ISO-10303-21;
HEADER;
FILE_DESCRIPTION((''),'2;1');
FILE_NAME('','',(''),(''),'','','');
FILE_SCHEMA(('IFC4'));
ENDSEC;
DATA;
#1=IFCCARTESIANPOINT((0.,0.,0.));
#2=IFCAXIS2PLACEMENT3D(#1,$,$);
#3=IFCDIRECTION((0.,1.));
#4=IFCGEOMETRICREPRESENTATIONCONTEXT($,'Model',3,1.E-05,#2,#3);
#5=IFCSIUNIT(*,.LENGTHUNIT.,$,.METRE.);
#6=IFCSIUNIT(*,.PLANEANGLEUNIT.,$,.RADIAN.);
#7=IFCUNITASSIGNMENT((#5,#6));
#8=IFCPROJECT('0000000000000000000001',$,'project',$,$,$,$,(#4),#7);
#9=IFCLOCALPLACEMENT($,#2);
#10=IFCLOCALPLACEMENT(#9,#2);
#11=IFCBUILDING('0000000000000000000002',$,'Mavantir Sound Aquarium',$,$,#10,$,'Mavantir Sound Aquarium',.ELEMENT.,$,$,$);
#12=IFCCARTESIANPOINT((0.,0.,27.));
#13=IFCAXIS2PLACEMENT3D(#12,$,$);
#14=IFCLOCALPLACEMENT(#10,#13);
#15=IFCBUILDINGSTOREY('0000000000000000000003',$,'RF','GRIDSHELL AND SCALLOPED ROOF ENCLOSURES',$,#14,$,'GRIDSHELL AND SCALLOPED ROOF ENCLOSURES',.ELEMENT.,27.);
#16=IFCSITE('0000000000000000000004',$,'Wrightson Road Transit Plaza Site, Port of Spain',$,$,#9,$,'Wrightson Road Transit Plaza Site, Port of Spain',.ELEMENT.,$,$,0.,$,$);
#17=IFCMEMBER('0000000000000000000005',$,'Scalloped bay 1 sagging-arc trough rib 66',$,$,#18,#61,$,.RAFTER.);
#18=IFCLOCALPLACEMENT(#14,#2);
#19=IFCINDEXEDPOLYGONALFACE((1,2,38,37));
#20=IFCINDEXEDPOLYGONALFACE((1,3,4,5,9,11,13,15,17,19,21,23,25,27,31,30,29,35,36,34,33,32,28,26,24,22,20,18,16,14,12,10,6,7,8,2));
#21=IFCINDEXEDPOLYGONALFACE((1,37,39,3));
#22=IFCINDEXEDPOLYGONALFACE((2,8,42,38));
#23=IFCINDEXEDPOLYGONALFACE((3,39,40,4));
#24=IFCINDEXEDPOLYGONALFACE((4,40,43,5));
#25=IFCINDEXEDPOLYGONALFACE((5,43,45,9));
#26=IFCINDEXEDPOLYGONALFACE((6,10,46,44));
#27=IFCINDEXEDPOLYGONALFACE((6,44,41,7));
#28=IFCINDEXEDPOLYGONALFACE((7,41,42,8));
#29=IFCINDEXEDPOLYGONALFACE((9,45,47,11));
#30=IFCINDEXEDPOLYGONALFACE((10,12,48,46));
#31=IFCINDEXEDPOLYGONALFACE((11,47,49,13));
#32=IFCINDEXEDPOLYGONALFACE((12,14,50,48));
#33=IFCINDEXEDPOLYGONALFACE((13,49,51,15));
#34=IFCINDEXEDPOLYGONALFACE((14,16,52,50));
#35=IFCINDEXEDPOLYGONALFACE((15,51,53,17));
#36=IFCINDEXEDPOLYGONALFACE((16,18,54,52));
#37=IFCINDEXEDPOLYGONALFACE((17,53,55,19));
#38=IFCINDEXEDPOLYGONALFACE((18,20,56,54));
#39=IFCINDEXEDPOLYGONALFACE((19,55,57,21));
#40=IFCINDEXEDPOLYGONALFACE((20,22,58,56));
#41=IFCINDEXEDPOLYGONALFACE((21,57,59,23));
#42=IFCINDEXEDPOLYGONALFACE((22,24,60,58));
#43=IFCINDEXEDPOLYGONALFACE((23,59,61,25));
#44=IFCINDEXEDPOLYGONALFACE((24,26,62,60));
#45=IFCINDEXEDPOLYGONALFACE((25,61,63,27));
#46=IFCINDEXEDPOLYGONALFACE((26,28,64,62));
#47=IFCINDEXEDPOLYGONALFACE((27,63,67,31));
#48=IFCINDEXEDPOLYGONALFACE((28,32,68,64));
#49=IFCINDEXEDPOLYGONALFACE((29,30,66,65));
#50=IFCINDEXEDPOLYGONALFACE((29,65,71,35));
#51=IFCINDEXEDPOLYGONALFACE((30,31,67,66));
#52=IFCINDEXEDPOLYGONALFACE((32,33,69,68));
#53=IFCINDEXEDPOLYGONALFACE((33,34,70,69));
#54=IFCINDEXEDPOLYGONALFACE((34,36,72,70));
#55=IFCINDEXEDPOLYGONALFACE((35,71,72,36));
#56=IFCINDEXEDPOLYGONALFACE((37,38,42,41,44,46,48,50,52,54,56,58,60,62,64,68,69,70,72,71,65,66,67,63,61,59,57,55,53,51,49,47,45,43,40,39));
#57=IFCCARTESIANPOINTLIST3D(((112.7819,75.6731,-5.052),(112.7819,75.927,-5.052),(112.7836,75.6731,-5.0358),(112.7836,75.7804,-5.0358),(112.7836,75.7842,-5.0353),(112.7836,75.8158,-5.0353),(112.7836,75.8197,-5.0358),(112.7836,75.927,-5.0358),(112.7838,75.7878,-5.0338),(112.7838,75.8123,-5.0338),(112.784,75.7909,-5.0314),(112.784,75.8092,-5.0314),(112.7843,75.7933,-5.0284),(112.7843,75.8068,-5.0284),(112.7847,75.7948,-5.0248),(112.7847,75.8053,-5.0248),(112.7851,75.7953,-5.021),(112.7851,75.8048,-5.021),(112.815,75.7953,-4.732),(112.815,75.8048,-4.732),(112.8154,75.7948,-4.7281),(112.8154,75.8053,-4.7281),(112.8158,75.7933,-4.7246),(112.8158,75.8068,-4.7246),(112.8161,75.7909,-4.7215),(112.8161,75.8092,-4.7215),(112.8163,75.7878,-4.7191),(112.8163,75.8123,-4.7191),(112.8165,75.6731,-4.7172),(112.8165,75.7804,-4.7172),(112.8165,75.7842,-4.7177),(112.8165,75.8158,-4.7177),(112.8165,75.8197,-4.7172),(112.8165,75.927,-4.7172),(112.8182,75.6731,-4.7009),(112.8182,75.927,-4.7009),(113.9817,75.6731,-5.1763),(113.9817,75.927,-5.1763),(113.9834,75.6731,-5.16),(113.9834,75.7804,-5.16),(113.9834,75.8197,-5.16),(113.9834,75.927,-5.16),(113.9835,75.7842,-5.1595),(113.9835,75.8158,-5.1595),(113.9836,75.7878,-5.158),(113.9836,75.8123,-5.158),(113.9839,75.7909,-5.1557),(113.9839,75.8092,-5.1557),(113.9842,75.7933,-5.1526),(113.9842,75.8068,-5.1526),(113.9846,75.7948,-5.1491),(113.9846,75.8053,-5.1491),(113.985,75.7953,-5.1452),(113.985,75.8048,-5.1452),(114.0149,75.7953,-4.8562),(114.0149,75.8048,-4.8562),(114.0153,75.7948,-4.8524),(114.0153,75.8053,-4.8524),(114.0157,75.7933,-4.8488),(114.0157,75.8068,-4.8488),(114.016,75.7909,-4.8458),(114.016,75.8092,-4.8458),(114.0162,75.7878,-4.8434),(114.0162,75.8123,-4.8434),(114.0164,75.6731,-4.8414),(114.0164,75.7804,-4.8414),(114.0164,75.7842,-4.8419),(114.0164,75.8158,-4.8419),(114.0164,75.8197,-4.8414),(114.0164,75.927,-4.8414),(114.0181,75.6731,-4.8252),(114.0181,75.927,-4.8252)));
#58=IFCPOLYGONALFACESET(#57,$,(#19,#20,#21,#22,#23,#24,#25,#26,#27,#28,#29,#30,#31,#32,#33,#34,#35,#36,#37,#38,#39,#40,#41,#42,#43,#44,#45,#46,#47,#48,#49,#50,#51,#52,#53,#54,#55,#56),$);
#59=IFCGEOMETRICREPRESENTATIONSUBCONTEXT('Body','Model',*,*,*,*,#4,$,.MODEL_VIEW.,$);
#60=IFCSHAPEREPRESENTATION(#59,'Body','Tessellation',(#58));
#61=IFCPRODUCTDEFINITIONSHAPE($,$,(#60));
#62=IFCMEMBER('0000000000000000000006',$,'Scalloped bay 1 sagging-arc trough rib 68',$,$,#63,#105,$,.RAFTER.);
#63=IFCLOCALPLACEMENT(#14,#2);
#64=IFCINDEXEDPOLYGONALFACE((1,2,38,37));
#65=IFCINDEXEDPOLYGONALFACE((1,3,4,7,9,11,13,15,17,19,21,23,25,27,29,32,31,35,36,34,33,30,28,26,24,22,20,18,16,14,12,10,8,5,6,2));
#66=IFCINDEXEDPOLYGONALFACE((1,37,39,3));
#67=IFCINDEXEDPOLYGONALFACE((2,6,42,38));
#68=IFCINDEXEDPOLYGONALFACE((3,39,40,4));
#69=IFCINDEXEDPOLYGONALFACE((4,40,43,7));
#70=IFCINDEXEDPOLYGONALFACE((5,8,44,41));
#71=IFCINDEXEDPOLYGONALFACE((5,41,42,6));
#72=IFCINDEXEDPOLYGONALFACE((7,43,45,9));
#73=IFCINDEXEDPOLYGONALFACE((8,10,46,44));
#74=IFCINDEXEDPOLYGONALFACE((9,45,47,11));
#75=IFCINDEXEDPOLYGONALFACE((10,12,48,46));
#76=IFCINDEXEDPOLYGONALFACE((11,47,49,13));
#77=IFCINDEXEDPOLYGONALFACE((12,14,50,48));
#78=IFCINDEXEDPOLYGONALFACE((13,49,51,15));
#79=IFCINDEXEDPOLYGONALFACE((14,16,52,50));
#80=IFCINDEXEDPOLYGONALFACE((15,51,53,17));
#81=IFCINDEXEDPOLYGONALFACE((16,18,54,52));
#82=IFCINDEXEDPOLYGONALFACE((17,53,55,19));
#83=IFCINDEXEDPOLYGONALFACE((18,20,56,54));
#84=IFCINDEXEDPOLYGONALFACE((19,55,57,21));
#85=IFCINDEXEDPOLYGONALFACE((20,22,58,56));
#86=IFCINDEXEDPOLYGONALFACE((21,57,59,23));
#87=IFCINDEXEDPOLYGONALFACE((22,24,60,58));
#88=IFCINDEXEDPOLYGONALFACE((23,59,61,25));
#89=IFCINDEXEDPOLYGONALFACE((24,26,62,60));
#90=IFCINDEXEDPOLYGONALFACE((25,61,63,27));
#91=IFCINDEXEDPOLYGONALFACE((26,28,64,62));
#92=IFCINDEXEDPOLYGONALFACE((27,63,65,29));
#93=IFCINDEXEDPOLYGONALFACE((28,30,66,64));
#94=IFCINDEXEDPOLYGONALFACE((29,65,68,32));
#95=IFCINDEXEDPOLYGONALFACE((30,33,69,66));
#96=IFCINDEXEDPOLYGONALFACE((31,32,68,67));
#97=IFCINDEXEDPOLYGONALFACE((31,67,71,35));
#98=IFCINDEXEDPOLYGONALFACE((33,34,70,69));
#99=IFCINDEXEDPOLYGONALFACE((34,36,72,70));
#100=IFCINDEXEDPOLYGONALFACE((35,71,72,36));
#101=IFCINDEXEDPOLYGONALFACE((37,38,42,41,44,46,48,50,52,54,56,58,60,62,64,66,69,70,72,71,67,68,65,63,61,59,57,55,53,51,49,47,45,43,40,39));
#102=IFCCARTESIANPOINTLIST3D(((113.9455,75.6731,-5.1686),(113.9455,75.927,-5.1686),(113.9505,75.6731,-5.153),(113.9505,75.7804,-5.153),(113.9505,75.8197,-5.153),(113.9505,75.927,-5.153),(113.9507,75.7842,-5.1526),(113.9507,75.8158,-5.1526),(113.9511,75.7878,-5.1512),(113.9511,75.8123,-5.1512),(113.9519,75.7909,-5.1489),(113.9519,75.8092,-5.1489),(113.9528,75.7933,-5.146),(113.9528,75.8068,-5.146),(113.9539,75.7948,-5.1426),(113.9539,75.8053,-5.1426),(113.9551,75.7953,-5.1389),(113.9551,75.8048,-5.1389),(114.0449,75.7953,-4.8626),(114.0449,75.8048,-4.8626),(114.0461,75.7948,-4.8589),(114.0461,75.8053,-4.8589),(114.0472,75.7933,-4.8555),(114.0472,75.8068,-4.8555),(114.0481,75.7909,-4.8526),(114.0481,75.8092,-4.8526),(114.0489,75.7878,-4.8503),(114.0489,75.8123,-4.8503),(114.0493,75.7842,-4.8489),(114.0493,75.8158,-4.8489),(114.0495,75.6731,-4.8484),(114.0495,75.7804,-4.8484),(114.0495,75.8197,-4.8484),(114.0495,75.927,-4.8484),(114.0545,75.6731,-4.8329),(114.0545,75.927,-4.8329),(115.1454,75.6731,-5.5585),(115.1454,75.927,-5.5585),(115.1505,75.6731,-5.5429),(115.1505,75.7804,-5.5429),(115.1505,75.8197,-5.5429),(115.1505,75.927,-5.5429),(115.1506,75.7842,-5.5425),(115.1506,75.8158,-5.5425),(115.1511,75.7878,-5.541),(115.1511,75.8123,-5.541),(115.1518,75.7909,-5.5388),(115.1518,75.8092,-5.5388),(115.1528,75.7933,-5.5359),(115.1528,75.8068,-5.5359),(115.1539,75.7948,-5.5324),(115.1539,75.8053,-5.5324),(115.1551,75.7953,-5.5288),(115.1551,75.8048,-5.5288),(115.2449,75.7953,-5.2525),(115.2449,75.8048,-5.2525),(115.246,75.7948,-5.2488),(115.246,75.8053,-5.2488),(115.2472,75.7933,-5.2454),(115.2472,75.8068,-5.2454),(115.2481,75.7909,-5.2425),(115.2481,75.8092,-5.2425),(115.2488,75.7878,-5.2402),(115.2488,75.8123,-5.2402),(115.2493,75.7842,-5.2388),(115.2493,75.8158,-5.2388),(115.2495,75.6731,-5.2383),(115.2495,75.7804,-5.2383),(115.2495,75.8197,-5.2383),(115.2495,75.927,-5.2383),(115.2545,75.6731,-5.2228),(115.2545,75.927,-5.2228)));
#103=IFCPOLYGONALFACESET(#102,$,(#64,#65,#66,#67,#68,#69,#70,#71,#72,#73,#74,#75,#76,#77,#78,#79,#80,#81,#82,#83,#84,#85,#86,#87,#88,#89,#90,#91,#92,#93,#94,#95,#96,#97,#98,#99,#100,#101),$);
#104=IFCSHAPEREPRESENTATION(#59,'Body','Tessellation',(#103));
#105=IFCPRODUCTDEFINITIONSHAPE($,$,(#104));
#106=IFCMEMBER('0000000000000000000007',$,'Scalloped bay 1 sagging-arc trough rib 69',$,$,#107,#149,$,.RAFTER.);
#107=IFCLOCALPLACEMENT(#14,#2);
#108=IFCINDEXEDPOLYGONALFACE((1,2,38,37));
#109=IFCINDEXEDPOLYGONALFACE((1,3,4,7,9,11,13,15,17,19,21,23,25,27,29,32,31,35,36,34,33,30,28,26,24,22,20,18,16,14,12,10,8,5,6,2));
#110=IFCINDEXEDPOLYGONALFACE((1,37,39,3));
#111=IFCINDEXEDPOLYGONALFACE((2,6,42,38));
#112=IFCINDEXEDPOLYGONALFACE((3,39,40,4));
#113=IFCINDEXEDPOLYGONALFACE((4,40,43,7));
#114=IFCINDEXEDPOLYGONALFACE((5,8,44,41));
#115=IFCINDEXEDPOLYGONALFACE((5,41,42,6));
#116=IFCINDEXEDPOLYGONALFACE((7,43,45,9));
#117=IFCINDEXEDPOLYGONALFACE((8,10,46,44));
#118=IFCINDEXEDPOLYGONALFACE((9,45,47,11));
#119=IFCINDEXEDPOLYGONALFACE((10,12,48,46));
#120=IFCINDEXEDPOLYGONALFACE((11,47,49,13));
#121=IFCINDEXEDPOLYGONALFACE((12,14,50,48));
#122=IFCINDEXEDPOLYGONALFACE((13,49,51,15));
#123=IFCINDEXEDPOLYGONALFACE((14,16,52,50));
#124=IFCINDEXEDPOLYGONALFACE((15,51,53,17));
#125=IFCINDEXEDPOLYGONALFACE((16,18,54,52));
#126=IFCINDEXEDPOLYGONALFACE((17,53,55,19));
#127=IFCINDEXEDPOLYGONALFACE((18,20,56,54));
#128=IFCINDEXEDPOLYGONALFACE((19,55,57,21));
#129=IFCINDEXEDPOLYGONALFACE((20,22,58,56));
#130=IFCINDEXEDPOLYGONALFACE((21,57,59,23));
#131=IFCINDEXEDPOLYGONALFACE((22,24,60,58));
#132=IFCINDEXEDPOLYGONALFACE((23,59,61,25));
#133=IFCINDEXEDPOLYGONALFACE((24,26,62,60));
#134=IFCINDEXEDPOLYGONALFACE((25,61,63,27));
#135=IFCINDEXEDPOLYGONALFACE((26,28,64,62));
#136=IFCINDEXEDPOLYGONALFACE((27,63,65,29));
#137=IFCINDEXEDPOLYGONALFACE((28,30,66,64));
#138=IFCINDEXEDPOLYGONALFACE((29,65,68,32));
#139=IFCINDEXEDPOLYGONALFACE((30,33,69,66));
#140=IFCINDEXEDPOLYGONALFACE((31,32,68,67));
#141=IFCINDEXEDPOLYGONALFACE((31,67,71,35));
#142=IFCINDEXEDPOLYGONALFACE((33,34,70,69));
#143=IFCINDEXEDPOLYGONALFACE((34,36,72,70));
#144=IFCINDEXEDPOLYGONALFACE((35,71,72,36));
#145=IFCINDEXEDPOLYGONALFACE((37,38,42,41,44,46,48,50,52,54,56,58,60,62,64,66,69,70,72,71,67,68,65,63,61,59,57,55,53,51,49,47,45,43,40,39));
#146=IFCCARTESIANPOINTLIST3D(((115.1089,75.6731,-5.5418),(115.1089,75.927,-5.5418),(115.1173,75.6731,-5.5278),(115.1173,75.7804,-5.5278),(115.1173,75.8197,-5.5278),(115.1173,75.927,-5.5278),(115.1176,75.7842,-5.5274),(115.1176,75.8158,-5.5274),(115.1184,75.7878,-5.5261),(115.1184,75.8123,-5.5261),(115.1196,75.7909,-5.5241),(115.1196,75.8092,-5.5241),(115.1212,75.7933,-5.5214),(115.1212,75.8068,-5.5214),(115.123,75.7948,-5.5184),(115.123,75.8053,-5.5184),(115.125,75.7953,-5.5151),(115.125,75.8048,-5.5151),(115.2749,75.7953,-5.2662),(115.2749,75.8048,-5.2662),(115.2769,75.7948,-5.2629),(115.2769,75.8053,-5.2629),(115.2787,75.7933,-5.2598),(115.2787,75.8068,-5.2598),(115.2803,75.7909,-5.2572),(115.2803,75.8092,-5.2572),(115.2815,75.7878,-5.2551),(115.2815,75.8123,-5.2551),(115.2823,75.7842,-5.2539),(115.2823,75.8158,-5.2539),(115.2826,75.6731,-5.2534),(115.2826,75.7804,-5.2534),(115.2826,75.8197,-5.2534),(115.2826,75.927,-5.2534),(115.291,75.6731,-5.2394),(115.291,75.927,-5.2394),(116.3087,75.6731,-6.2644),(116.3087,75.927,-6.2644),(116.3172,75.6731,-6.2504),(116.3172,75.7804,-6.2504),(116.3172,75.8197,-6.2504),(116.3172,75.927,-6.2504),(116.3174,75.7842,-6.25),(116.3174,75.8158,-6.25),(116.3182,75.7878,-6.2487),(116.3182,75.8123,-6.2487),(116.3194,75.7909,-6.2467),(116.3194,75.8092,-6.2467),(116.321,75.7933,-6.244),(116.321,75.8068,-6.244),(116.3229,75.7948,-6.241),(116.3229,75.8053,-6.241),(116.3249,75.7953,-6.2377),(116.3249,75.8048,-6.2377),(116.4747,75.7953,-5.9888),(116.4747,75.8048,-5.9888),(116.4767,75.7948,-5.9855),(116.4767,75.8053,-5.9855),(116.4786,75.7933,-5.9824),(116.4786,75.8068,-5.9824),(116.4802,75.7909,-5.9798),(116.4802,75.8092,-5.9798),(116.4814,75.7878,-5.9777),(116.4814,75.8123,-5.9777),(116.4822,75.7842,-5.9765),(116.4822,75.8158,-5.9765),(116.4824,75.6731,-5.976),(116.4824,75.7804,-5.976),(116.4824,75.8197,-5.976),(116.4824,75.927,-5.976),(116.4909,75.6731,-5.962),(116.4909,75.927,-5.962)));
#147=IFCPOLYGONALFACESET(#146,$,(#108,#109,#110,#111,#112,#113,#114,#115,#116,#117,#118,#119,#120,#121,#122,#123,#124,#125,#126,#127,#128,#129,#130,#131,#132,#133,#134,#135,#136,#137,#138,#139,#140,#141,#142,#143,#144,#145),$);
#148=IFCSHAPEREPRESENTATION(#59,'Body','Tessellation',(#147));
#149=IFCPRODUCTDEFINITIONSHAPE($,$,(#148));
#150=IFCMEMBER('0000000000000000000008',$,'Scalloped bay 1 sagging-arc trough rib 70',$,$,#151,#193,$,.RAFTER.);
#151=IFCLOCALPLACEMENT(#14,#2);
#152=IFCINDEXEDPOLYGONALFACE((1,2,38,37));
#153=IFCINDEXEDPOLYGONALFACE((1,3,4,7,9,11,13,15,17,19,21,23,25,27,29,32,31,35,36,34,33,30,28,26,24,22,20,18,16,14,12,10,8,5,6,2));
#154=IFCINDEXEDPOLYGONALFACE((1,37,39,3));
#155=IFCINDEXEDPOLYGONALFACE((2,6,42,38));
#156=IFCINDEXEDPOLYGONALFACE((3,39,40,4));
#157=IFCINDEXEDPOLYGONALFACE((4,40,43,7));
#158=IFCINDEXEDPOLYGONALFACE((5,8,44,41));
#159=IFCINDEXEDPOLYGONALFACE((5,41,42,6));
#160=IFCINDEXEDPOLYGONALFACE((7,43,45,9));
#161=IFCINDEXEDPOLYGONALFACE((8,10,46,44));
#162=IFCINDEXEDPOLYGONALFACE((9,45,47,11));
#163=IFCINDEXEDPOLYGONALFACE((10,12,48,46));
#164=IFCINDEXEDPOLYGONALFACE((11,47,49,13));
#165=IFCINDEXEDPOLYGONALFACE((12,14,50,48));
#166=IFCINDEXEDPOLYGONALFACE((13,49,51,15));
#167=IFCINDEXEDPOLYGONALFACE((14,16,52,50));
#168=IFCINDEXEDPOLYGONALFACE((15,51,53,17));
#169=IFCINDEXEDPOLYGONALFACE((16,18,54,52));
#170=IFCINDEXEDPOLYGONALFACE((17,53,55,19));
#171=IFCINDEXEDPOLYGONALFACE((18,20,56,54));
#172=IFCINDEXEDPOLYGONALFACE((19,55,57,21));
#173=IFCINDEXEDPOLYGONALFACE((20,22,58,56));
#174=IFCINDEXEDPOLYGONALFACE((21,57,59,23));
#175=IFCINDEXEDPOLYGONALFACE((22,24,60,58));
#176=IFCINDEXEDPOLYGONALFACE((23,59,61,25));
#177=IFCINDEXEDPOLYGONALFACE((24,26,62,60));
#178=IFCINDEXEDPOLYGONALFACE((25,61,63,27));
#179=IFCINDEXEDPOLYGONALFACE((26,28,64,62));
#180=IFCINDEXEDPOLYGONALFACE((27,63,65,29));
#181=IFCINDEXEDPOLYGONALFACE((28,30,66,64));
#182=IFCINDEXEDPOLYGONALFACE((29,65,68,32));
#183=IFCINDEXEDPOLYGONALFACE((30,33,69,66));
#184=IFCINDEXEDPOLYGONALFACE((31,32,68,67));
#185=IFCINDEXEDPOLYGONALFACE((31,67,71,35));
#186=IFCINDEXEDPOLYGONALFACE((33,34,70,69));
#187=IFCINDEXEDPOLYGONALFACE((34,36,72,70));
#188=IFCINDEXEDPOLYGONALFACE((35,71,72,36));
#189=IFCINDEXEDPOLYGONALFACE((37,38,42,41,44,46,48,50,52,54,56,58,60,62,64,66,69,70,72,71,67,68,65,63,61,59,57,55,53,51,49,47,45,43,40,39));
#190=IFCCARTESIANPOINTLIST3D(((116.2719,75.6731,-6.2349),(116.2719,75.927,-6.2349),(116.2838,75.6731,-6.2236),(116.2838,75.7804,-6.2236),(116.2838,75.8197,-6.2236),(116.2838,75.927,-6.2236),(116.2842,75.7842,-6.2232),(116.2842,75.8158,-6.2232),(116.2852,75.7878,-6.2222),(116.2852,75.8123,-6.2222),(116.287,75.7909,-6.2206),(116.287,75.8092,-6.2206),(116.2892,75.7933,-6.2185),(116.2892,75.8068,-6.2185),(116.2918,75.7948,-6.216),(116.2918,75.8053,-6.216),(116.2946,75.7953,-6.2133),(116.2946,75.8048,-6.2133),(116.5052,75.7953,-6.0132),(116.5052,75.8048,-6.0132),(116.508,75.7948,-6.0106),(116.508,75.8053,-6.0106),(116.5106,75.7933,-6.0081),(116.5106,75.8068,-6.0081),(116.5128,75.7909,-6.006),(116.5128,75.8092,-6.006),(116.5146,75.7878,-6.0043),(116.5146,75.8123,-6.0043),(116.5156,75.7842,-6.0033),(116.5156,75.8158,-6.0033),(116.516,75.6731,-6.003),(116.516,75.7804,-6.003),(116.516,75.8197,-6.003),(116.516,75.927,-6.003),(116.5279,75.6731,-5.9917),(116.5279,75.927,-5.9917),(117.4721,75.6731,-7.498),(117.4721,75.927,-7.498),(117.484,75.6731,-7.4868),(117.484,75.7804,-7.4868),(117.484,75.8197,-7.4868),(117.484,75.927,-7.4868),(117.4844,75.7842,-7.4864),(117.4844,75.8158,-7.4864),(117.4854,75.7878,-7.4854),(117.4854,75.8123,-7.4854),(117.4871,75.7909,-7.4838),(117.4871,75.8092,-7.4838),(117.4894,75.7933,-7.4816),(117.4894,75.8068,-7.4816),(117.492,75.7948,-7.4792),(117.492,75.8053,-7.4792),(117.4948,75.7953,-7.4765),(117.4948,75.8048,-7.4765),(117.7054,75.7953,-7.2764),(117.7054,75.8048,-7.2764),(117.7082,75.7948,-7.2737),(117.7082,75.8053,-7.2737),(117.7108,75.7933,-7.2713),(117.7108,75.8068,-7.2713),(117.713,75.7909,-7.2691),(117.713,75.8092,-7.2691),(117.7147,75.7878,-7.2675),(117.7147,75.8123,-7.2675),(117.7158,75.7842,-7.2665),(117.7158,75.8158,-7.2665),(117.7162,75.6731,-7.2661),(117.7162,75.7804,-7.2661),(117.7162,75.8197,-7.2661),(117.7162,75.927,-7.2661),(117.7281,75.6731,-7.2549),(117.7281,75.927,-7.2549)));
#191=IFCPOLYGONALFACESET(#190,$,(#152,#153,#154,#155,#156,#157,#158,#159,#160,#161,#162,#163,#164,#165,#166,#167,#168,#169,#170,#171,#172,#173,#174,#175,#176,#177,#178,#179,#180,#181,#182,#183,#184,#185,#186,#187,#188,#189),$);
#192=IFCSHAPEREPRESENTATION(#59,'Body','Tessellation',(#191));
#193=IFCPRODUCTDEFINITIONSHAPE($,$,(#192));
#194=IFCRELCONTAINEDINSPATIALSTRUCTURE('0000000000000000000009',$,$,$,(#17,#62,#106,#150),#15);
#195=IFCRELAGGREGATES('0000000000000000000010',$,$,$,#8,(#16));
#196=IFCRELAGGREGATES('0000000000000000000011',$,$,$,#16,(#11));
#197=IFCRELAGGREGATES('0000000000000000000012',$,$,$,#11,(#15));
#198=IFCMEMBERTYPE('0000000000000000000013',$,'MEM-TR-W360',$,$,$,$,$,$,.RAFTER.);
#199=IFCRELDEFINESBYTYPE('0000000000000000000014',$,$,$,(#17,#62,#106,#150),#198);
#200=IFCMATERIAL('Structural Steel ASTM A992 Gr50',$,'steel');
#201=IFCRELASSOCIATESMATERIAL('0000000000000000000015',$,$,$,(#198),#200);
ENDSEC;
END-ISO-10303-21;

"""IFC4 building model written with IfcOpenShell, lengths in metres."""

from ifc_helpers import new_model, si_unit, direction, frame, origin, origin_2d, place, context, subcontext, project, spatial, i_section, extrude, material, material_profile, profile_set, type_object, element, save


model = new_model("IFC4")

# Units and contexts
model_context = context("Model", 3, precision=1e-05, world=origin(), true_north=direction((0.0, 1.0)))
body_context = subcontext(model_context, "Body", "Model", "MODEL_VIEW")
ifc_project = project(units=[si_unit("LENGTHUNIT", "METRE"), si_unit("PLANEANGLEUNIT", "RADIAN")], contexts=[model_context])

# Site, building, storey
site_placement = place(None, origin())
site = spatial("IfcSite", under=ifc_project, at=site_placement, Name="Wrightson Road Transit Plaza Site, Port of Spain", LongName="Wrightson Road Transit Plaza Site, Port of Spain", CompositionType="ELEMENT", RefElevation=0.0)
building_placement = place(site_placement, origin())
building = spatial("IfcBuilding", under=site, at=building_placement, Name="Mavantir Sound Aquarium", LongName="Mavantir Sound Aquarium", CompositionType="ELEMENT")
storey_placement = place(building_placement, frame((0.0, 0.0, 27.0)))
storey = spatial("IfcBuildingStorey", under=building, at=storey_placement, Name="RF", Description="GRIDSHELL AND SCALLOPED ROOF ENCLOSURES", LongName="GRIDSHELL AND SCALLOPED ROOF ENCLOSURES", CompositionType="ELEMENT", Elevation=27.0)

# Shared definitions
ifc_material_1 = material(Name="Structural Steel ASTM A992 Gr50", Category="steel")

# Members
ifc_material_profile_1 = material_profile(ifc_material_1, i_section(OverallWidth=0.2539, OverallDepth=0.353, WebThickness=0.0095, FlangeThickness=0.0164, FilletRadius=0.0149, at=origin_2d()), Name="W360X91")
ifc_profile_set_1 = profile_set([ifc_material_profile_1], Name="Structural Steel ASTM A992 Gr50")
member_type_1 = type_object("IfcMemberType", Name="MEM-TR-W360", PredefinedType="RAFTER", material=ifc_profile_set_1)
member_1_placement = place(storey_placement, frame((112.8, 75.8, -4.8765), z_axis=(0.99468, 0.0, -0.10301), x_axis=(0.0, 1.0, 0.0)))
element("IfcMember", 1, at=member_1_placement, inside=storey, type_object=member_type_1, Name="Scalloped bay 1 sagging-arc trough rib 66", PredefinedType="RAFTER", context=body_context, shape_type="SweptSolid", body=[
    extrude(i_section(OverallWidth=0.2539, OverallDepth=0.353, WebThickness=0.0095, FlangeThickness=0.0164, FilletRadius=0.0149, at=origin_2d()), origin(), (0.0, 0.0, 1.0), 1.2063),
])
member_2_placement = place(storey_placement, frame((114.0, 75.8, -5.0007), z_axis=(0.951055, 0.0, -0.30902), x_axis=(0.0, 1.0, 0.0)))
element("IfcMember", 2, at=member_2_placement, inside=storey, type_object=member_type_1, Name="Scalloped bay 1 sagging-arc trough rib 68", PredefinedType="RAFTER", context=body_context, shape_type="SweptSolid", body=[
    extrude(i_section(OverallWidth=0.2539, OverallDepth=0.353, WebThickness=0.0095, FlangeThickness=0.0164, FilletRadius=0.0149, at=origin_2d()), origin(), (0.0, 0.0, 1.0), 1.2617),
])
member_3_placement = place(storey_placement, frame((115.2, 75.8, -5.3906), z_axis=(0.856646, 0.0, -0.515905), x_axis=(0.0, 1.0, 0.0)))
element("IfcMember", 3, at=member_3_placement, inside=storey, type_object=member_type_1, Name="Scalloped bay 1 sagging-arc trough rib 69", PredefinedType="RAFTER", context=body_context, shape_type="SweptSolid", body=[
    extrude(i_section(OverallWidth=0.2539, OverallDepth=0.353, WebThickness=0.0095, FlangeThickness=0.0164, FilletRadius=0.0149, at=origin_2d()), origin(), (0.0, 0.0, 1.0), 1.4006),
])
member_4_placement = place(storey_placement, frame((116.3999, 75.8, -6.1133), z_axis=(0.688801, 0.0, -0.72495), x_axis=(0.0, 1.0, 0.0)))
element("IfcMember", 4, at=member_4_placement, inside=storey, type_object=member_type_1, Name="Scalloped bay 1 sagging-arc trough rib 70", PredefinedType="RAFTER", context=body_context, shape_type="SweptSolid", body=[
    extrude(i_section(OverallWidth=0.2539, OverallDepth=0.353, WebThickness=0.0095, FlangeThickness=0.0164, FilletRadius=0.0149, at=origin_2d()), origin(), (0.0, 0.0, 1.0), 1.7424),
])

save(model, "model.ifc")
